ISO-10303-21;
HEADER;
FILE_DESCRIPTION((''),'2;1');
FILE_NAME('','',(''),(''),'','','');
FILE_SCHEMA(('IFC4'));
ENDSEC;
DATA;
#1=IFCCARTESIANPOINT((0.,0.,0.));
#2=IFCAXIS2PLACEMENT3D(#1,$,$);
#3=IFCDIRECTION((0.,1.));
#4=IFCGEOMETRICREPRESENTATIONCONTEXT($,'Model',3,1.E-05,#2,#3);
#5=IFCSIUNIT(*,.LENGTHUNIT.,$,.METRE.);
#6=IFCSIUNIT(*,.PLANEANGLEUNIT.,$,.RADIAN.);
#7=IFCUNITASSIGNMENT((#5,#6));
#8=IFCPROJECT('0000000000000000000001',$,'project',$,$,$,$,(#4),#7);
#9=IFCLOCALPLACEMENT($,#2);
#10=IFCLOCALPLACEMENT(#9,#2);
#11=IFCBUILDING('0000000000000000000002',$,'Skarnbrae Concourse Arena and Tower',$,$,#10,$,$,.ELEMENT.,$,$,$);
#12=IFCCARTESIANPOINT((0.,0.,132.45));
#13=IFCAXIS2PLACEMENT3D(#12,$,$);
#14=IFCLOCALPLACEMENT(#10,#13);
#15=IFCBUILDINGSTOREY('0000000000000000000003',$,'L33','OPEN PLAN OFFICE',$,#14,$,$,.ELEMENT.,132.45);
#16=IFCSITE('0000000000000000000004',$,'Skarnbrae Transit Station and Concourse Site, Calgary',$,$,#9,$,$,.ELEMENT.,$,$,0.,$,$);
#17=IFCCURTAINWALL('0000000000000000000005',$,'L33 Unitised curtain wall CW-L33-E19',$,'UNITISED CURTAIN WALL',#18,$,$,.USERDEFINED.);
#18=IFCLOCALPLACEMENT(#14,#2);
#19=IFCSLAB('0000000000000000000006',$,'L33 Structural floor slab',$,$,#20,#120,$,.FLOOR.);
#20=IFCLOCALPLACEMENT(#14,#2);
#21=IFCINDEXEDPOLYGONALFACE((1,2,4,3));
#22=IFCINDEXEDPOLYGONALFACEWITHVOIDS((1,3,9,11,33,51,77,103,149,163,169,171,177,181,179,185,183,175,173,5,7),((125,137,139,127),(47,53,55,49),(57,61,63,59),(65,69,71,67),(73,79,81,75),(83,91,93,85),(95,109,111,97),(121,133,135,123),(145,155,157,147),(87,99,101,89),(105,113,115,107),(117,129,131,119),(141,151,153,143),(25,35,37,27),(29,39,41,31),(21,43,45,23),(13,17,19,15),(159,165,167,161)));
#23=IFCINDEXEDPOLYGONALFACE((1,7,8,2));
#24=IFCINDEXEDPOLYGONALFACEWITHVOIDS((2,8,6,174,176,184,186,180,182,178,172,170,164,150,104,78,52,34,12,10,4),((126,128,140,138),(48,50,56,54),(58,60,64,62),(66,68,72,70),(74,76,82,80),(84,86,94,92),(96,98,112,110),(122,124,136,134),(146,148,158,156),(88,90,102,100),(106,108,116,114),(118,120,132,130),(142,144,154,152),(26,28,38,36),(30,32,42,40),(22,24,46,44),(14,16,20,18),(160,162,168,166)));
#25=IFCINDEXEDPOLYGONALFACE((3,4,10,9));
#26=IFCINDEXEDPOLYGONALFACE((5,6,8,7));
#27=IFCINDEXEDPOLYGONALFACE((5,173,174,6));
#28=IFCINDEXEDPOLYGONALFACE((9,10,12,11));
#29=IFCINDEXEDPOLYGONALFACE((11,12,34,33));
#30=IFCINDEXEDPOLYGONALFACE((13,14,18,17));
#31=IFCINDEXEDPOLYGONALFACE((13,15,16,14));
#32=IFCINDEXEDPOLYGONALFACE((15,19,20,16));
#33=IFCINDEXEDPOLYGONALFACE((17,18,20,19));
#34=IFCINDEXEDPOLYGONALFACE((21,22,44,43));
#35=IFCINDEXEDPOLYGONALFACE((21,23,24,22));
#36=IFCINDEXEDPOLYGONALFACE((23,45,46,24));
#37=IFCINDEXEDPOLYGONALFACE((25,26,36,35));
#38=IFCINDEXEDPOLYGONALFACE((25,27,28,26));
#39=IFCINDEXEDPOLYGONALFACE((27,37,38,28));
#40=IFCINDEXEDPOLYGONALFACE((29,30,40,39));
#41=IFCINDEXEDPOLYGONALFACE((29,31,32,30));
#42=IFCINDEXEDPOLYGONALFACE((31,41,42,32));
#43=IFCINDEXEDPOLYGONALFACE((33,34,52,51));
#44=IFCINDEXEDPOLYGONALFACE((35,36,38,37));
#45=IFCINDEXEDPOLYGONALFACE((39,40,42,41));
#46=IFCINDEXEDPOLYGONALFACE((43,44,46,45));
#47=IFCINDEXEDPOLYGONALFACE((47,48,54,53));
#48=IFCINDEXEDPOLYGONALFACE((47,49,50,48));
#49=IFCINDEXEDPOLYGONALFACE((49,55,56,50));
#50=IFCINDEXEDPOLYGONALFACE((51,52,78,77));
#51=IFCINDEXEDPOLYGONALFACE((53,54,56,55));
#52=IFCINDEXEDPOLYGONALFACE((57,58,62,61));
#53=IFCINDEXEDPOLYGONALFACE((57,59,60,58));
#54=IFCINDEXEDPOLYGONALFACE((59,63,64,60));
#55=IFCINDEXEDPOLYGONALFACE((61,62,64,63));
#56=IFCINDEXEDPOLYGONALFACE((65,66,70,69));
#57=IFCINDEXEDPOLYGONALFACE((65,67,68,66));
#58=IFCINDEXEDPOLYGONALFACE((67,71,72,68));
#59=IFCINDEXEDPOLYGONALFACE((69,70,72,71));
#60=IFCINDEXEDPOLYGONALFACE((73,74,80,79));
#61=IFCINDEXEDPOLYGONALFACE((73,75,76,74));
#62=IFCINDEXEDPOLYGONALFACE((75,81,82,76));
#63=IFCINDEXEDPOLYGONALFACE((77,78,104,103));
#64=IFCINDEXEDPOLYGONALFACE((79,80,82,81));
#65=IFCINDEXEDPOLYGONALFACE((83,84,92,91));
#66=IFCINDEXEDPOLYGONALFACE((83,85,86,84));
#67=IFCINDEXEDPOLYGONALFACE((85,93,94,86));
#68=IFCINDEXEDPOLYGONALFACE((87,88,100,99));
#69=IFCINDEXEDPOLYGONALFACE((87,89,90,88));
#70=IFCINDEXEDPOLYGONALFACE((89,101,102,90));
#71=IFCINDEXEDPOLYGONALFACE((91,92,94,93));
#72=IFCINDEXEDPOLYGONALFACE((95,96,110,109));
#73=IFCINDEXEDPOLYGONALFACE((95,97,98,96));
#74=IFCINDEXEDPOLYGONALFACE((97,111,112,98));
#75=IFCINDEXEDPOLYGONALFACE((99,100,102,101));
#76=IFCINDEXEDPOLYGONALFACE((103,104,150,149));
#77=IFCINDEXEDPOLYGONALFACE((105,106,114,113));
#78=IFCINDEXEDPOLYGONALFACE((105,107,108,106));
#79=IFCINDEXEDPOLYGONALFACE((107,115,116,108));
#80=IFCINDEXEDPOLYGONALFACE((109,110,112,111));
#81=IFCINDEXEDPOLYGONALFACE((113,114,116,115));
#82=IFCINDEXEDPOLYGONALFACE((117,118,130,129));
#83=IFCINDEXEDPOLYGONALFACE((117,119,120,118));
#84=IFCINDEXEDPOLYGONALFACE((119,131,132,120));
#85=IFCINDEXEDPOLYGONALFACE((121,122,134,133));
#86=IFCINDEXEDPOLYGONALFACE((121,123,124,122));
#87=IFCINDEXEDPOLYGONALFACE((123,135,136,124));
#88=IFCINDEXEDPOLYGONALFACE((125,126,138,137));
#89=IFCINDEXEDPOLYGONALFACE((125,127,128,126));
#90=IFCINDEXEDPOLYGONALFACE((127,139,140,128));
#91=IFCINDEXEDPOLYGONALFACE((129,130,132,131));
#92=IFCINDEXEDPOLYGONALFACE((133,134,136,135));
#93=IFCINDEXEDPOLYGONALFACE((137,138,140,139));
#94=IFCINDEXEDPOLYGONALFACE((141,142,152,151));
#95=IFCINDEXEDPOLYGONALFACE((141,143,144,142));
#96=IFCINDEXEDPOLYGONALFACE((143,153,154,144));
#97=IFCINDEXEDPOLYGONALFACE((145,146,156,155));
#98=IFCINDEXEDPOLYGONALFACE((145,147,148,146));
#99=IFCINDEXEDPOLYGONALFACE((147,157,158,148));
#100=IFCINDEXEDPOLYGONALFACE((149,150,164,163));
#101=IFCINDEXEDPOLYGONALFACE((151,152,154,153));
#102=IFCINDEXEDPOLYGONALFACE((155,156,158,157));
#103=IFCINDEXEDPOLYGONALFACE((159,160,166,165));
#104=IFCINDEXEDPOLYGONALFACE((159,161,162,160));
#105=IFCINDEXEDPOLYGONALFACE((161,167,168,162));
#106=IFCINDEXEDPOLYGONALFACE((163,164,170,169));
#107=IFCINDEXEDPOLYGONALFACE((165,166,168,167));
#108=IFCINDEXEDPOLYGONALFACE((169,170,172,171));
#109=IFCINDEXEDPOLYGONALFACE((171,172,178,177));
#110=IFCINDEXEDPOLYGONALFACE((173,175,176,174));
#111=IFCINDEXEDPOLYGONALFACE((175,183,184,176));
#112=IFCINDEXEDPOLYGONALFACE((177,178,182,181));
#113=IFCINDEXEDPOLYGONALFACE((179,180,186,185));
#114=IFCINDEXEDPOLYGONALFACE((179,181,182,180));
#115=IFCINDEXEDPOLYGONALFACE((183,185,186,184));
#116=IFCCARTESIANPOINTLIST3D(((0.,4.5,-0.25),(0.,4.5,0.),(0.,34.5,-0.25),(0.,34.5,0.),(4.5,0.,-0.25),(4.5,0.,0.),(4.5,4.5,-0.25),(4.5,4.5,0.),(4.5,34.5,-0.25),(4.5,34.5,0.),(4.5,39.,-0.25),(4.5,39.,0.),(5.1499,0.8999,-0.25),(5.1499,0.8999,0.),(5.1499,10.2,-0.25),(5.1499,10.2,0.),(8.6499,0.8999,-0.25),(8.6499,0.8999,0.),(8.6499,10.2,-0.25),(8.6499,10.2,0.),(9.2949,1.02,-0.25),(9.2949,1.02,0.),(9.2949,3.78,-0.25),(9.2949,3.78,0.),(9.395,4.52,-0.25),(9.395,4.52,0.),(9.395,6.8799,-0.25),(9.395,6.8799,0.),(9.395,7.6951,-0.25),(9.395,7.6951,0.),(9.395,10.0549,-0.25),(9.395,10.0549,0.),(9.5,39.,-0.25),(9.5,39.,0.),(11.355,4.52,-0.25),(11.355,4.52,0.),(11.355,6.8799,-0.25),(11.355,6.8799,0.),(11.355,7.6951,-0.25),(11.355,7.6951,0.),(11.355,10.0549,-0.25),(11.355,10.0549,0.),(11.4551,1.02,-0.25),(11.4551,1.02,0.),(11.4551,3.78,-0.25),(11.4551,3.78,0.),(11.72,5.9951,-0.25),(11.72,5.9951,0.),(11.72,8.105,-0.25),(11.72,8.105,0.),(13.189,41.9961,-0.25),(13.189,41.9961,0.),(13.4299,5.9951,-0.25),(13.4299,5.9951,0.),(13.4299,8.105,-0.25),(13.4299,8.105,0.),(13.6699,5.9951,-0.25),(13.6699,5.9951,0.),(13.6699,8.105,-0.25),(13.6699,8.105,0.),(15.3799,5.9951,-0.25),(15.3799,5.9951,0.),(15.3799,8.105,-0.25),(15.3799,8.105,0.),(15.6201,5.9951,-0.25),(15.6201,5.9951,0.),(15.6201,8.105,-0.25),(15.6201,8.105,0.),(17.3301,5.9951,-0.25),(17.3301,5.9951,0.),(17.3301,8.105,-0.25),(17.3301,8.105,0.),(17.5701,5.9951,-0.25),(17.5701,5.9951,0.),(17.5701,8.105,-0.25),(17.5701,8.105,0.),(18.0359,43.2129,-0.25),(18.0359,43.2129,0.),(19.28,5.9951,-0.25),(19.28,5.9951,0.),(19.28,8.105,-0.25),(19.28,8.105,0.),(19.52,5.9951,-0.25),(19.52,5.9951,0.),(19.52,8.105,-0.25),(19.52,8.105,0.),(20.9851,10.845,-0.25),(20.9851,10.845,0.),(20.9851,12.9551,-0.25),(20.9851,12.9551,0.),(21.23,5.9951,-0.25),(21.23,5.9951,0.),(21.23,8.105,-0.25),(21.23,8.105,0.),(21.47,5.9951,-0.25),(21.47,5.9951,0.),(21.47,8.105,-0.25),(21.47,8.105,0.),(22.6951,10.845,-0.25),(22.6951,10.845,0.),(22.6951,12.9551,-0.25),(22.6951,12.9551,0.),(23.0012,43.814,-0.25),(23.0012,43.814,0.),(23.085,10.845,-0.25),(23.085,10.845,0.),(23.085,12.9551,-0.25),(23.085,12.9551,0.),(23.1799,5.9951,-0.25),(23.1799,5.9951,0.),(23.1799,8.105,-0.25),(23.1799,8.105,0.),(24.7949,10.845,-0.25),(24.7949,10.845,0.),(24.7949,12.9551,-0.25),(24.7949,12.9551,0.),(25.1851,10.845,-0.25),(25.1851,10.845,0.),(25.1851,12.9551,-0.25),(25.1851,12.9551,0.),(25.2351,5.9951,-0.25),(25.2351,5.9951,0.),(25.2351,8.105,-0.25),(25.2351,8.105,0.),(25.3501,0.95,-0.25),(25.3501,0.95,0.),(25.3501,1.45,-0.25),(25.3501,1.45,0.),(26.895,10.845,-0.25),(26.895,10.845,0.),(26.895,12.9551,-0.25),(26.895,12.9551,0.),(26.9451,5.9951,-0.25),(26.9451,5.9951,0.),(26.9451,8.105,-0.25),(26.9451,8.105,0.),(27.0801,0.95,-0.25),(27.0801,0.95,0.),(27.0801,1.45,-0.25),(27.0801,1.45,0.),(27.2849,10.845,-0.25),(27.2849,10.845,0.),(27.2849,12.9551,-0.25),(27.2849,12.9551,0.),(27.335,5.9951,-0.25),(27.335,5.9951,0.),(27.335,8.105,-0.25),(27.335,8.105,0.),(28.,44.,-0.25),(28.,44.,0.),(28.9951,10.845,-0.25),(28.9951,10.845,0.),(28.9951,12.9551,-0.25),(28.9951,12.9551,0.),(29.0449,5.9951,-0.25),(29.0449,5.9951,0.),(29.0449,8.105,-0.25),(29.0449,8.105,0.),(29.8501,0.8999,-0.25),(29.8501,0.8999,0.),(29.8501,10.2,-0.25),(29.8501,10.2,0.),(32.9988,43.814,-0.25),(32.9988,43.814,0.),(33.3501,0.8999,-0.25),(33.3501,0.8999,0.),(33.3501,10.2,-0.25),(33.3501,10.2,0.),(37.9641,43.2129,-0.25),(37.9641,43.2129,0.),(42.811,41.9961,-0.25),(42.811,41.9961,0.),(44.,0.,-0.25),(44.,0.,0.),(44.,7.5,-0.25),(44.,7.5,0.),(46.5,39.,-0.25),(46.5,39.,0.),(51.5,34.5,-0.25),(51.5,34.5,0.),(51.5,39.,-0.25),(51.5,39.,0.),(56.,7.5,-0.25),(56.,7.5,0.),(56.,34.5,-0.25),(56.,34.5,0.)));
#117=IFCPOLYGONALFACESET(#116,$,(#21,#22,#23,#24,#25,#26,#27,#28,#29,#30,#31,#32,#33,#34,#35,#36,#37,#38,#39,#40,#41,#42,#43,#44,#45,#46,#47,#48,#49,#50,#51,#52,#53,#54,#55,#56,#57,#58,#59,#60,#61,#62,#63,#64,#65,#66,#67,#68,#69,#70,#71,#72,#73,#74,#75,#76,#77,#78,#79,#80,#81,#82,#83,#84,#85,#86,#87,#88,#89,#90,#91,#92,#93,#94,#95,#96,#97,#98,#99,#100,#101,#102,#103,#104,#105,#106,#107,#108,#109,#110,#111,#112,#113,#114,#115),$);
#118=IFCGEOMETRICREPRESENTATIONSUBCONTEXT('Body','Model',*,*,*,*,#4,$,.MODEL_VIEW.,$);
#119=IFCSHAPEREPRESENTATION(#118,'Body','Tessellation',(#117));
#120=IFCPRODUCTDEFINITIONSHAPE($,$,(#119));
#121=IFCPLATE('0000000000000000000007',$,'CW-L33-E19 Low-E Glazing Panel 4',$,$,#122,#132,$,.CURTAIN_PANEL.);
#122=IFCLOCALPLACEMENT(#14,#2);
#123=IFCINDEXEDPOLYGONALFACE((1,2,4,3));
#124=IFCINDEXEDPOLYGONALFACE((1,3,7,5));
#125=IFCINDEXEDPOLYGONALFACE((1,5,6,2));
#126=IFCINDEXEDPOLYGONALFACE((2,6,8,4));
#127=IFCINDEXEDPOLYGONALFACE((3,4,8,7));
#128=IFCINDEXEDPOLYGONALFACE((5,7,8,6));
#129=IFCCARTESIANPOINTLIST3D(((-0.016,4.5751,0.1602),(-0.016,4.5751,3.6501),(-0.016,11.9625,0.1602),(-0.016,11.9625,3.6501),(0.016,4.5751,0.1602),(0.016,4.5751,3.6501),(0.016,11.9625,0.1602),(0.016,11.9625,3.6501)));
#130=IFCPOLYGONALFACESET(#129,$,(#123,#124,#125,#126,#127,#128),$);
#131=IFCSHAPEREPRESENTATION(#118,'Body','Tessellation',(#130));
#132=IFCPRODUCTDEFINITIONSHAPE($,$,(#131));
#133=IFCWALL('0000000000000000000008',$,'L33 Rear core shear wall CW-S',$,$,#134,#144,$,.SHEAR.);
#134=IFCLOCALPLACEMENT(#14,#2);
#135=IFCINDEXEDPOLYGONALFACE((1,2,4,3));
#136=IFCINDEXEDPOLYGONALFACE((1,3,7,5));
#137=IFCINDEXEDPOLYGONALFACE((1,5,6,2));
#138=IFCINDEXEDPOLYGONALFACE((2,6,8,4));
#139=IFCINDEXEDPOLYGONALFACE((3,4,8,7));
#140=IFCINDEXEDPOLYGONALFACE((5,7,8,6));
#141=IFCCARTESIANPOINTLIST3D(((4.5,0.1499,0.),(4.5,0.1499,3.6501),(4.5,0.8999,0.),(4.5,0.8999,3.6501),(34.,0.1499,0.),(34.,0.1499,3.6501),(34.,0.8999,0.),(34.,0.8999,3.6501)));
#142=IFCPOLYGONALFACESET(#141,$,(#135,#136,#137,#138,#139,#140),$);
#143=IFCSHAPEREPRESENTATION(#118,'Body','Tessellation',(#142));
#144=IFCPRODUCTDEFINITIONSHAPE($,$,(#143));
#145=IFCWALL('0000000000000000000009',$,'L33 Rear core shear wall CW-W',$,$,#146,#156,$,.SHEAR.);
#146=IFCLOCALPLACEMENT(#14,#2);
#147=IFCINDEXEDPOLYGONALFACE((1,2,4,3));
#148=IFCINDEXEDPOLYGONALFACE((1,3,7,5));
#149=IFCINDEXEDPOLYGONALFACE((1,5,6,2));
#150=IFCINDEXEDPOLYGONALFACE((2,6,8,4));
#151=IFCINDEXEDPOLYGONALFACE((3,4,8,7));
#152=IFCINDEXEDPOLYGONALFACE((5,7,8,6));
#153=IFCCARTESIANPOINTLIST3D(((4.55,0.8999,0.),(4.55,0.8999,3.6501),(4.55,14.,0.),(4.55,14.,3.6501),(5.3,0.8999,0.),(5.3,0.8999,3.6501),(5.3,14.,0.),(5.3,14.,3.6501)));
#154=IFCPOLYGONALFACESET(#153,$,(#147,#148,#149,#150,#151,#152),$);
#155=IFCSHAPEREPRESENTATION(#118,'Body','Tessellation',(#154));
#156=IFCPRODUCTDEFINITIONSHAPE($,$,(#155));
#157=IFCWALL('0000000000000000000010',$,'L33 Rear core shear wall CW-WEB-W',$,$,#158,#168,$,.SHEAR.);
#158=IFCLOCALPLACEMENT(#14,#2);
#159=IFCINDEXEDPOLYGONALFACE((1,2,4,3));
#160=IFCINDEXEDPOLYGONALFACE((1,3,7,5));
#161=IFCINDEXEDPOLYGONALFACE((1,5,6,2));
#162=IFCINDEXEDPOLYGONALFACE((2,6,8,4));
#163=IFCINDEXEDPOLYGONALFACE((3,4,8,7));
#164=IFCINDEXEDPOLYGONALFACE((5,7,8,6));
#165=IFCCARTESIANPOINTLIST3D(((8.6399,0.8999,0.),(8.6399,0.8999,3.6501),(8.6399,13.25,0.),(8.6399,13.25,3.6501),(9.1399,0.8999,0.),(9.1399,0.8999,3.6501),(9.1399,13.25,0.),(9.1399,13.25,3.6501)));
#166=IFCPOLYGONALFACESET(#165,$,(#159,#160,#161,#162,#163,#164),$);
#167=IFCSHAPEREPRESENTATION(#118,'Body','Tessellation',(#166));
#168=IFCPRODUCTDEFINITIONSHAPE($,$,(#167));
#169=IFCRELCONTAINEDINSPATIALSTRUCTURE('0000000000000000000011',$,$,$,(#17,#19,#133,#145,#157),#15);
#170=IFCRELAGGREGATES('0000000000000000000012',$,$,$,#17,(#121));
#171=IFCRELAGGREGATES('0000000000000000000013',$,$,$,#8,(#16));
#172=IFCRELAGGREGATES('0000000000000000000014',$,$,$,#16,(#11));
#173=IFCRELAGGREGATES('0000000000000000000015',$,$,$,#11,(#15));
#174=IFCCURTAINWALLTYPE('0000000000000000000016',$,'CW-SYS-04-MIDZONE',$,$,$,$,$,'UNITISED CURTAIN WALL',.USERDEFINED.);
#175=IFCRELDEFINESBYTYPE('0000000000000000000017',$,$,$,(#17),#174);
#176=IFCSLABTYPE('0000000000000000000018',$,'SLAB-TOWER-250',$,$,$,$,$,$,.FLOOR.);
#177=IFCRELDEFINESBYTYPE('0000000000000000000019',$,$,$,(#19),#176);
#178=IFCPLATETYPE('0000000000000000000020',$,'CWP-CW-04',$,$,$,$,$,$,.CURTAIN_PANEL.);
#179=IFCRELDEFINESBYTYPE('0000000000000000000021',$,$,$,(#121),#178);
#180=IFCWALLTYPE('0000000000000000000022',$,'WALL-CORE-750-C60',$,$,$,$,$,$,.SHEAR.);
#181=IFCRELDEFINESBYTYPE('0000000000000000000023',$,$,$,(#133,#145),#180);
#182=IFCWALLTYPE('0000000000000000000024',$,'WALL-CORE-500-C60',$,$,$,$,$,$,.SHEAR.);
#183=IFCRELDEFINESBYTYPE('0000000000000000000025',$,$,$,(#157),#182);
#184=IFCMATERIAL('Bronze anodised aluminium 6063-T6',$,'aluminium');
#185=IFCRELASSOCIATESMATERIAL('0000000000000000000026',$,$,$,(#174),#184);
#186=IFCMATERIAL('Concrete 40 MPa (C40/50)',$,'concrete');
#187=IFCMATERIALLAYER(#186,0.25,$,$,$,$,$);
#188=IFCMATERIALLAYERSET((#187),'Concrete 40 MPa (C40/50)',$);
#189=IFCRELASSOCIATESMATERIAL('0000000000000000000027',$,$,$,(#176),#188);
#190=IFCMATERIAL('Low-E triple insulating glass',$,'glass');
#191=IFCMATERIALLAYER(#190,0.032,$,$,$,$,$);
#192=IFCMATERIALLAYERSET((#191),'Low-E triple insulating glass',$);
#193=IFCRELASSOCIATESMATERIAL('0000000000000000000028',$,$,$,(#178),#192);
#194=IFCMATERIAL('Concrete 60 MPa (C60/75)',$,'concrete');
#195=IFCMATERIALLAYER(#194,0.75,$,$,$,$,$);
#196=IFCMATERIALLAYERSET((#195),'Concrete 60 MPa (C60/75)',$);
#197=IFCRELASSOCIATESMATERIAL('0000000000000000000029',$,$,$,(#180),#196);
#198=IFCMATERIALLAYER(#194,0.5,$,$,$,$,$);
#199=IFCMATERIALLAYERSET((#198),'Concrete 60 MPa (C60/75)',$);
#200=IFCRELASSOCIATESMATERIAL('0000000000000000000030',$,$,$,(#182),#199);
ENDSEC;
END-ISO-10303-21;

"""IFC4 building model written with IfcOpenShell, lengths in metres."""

from ifc_helpers import new_model, si_unit, direction, frame, frame_2d, origin, origin_2d, place, context, subcontext, project, spatial, polyline, rectangle, outline, extrude, source, transform, mapped, material, layer, layer_set, type_object, element, aggregate, save


model = new_model("IFC4")

# Units and contexts
model_context = context("Model", 3, precision=1e-05, world=origin(), true_north=direction((0.0, 1.0)))
body_context = subcontext(model_context, "Body", "Model", "MODEL_VIEW")
ifc_project = project(units=[si_unit("LENGTHUNIT", "METRE"), si_unit("PLANEANGLEUNIT", "RADIAN")], contexts=[model_context])

# Site, building, storey
site_placement = place(None, origin())
site = spatial("IfcSite", under=ifc_project, at=site_placement, Name="Skarnbrae Transit Station and Concourse Site, Calgary", CompositionType="ELEMENT", RefElevation=0.0)
building_placement = place(site_placement, origin())
building = spatial("IfcBuilding", under=site, at=building_placement, Name="Skarnbrae Concourse Arena and Tower", CompositionType="ELEMENT")
storey_placement = place(building_placement, frame((0.0, 0.0, 132.45)))
storey = spatial("IfcBuildingStorey", under=building, at=storey_placement, Name="L33", Description="OPEN PLAN OFFICE", CompositionType="ELEMENT", Elevation=132.45)

# Curtain wall
ifc_material_1 = material(Name="Bronze anodised aluminium 6063-T6", Category="aluminium")
curtain_wall_type = type_object("IfcCurtainWallType", Name="CW-SYS-04-MIDZONE", ElementType="UNITISED CURTAIN WALL", PredefinedType="USERDEFINED", material=ifc_material_1)
curtain_wall_placement = place(storey_placement, origin())
curtain_wall = element("IfcCurtainWall", 1, at=curtain_wall_placement, inside=storey, type_object=curtain_wall_type, Name="L33 Unitised curtain wall CW-L33-E19", ObjectType="UNITISED CURTAIN WALL", PredefinedType="USERDEFINED")

# Shared definitions
ifc_material_2 = material(Name="Concrete 40 MPa (C40/50)", Category="concrete")

# Slab
ifc_layer_1 = layer(ifc_material_2, 0.25)
ifc_layer_set_1 = layer_set([ifc_layer_1], Name="Concrete 40 MPa (C40/50)")
slab_type_1 = type_object("IfcSlabType", Name="SLAB-TOWER-250", PredefinedType="FLOOR", material=ifc_layer_set_1)
slab_1_placement = place(storey_placement, frame((0.0, 0.0, -0.25)))
element("IfcSlab", 2, at=slab_1_placement, inside=storey, type_object=slab_type_1, Name="L33 Structural floor slab", PredefinedType="FLOOR", context=body_context, shape_type="SweptSolid", body=[
    extrude(outline(polyline([(4.5, 0.0), (44.0, 0.0), (44.0, 7.5), (56.0, 7.5), (56.0, 34.5), (51.5, 34.5), (51.5, 39.0), (46.5, 39.0), (42.811, 41.9961), (37.9641, 43.2129), (32.9988, 43.814), (28.0, 44.0), (23.0012, 43.814), (18.0359, 43.2129), (13.189, 41.9961), (9.5, 39.0), (4.5, 39.0), (4.5, 34.5), (0.0, 34.5), (0.0, 4.5), (4.5, 4.5), (4.5, 0.0)]), holes=[polyline([(9.2949, 3.78), (11.4551, 3.78), (11.4551, 1.02), (9.2949, 1.02), (9.2949, 3.78)]), polyline([(8.6499, 10.2), (8.6499, 0.8999), (5.1499, 0.8999), (5.1499, 10.2), (8.6499, 10.2)]), polyline([(9.395, 6.8799), (11.355, 6.8799), (11.355, 4.52), (9.395, 4.52), (9.395, 6.8799)]), polyline([(11.72, 8.105), (13.4299, 8.105), (13.4299, 5.9951), (11.72, 5.9951), (11.72, 8.105)]), polyline([(13.6699, 8.105), (15.3799, 8.105), (15.3799, 5.9951), (13.6699, 5.9951), (13.6699, 8.105)]), polyline([(15.6201, 8.105), (17.3301, 8.105), (17.3301, 5.9951), (15.6201, 5.9951), (15.6201, 8.105)]), polyline([(17.5701, 8.105), (19.28, 8.105), (19.28, 5.9951), (17.5701, 5.9951), (17.5701, 8.105)]), polyline([(21.23, 8.105), (21.23, 5.9951), (19.52, 5.9951), (19.52, 8.105), (21.23, 8.105)]), polyline([(11.355, 10.0549), (11.355, 7.6951), (9.395, 7.6951), (9.395, 10.0549), (11.355, 10.0549)]), polyline([(25.3501, 1.45), (27.0801, 1.45), (27.0801, 0.95), (25.3501, 0.95), (25.3501, 1.45)]), polyline([(33.3501, 10.2), (33.3501, 0.8999), (29.8501, 0.8999), (29.8501, 10.2), (33.3501, 10.2)]), polyline([(21.47, 8.105), (23.1799, 8.105), (23.1799, 5.9951), (21.47, 5.9951), (21.47, 8.105)]), polyline([(25.2351, 8.105), (26.9451, 8.105), (26.9451, 5.9951), (25.2351, 5.9951), (25.2351, 8.105)]), polyline([(27.335, 8.105), (29.0449, 8.105), (29.0449, 5.9951), (27.335, 5.9951), (27.335, 8.105)]), polyline([(20.9851, 12.9551), (22.6951, 12.9551), (22.6951, 10.845), (20.9851, 10.845), (20.9851, 12.9551)]), polyline([(23.085, 12.9551), (24.7949, 12.9551), (24.7949, 10.845), (23.085, 10.845), (23.085, 12.9551)]), polyline([(26.895, 12.9551), (26.895, 10.845), (25.1851, 10.845), (25.1851, 12.9551), (26.895, 12.9551)]), polyline([(28.9951, 12.9551), (28.9951, 10.845), (27.2849, 10.845), (27.2849, 12.9551), (28.9951, 12.9551)])]), origin(), (0.0, 0.0, 1.0), 0.25),
])

# Plate
ifc_material_3 = material(Name="Low-E triple insulating glass", Category="glass")
ifc_layer_2 = layer(ifc_material_3, 0.032)
ifc_layer_set_2 = layer_set([ifc_layer_2], Name="Low-E triple insulating glass")
plate_type = type_object("IfcPlateType", Name="CWP-CW-04", PredefinedType="CURTAIN_PANEL", material=ifc_layer_set_2)
shared_shape_1 = source(origin(), body_context, "Body", "SweptSolid", [
    extrude(rectangle(XDim=7.3875, YDim=0.032, at=origin_2d()), origin(), (0.0, 0.0, 1.0), 3.49),
])
plate_placement = place(storey_placement, frame((0.0, 8.2688, 0.1602), z_axis=(0.0, 0.0, 1.0), x_axis=(0.0, -1.0, 0.0)))
plate = element("IfcPlate", 3, at=plate_placement, type_object=plate_type, Name="CW-L33-E19 Low-E Glazing Panel 4", PredefinedType="CURTAIN_PANEL", context=body_context, shape_type="MappedRepresentation", body=[
    mapped(shared_shape_1, transform((0.0, 0.0, 0.0))),
])
aggregate(curtain_wall, [plate])

# Walls
ifc_material_4 = material(Name="Concrete 60 MPa (C60/75)", Category="concrete")
ifc_layer_3 = layer(ifc_material_4, 0.75)
ifc_layer_set_3 = layer_set([ifc_layer_3], Name="Concrete 60 MPa (C60/75)")
wall_type_1 = type_object("IfcWallType", Name="WALL-CORE-750-C60", PredefinedType="SHEAR", material=ifc_layer_set_3)
shared_shape_2 = source(origin(), body_context, "Body", "SweptSolid", [
    extrude(rectangle(XDim=29.5, YDim=0.75, at=frame_2d((14.75, 0.0))), origin(), (0.0, 0.0, 1.0), 3.6501),
])
wall_1_placement = place(storey_placement, frame((4.5, 0.5249, 0.0), z_axis=(0.0, 0.0, 1.0), x_axis=(1.0, 0.0, 0.0)))
element("IfcWall", 4, at=wall_1_placement, inside=storey, type_object=wall_type_1, Name="L33 Rear core shear wall CW-S", PredefinedType="SHEAR", context=body_context, shape_type="MappedRepresentation", body=[
    mapped(shared_shape_2, transform((0.0, 0.0, 0.0))),
])
shared_shape_3 = source(origin(), body_context, "Body", "SweptSolid", [
    extrude(rectangle(XDim=13.1001, YDim=0.75, at=frame_2d((6.55, 0.0))), origin(), (0.0, 0.0, 1.0), 3.6501),
])
wall_2_placement = place(storey_placement, frame((4.925, 0.8999, 0.0), z_axis=(0.0, 0.0, 1.0), x_axis=(0.0, 1.0, 0.0)))
element("IfcWall", 5, at=wall_2_placement, inside=storey, type_object=wall_type_1, Name="L33 Rear core shear wall CW-W", PredefinedType="SHEAR", context=body_context, shape_type="MappedRepresentation", body=[
    mapped(shared_shape_3, transform((0.0, 0.0, 0.0))),
])
ifc_layer_4 = layer(ifc_material_4, 0.5)
ifc_layer_set_4 = layer_set([ifc_layer_4], Name="Concrete 60 MPa (C60/75)")
wall_type_2 = type_object("IfcWallType", Name="WALL-CORE-500-C60", PredefinedType="SHEAR", material=ifc_layer_set_4)
shared_shape_4 = source(origin(), body_context, "Body", "SweptSolid", [
    extrude(rectangle(XDim=12.3501, YDim=0.5, at=frame_2d((6.175, 0.0))), origin(), (0.0, 0.0, 1.0), 3.6501),
])
wall_3_placement = place(storey_placement, frame((8.8899, 0.8999, 0.0), z_axis=(0.0, 0.0, 1.0), x_axis=(0.0, 1.0, 0.0)))
element("IfcWall", 6, at=wall_3_placement, inside=storey, type_object=wall_type_2, Name="L33 Rear core shear wall CW-WEB-W", PredefinedType="SHEAR", context=body_context, shape_type="MappedRepresentation", body=[
    mapped(shared_shape_4, transform((0.0, 0.0, 0.0))),
])

save(model, "model.ifc")
